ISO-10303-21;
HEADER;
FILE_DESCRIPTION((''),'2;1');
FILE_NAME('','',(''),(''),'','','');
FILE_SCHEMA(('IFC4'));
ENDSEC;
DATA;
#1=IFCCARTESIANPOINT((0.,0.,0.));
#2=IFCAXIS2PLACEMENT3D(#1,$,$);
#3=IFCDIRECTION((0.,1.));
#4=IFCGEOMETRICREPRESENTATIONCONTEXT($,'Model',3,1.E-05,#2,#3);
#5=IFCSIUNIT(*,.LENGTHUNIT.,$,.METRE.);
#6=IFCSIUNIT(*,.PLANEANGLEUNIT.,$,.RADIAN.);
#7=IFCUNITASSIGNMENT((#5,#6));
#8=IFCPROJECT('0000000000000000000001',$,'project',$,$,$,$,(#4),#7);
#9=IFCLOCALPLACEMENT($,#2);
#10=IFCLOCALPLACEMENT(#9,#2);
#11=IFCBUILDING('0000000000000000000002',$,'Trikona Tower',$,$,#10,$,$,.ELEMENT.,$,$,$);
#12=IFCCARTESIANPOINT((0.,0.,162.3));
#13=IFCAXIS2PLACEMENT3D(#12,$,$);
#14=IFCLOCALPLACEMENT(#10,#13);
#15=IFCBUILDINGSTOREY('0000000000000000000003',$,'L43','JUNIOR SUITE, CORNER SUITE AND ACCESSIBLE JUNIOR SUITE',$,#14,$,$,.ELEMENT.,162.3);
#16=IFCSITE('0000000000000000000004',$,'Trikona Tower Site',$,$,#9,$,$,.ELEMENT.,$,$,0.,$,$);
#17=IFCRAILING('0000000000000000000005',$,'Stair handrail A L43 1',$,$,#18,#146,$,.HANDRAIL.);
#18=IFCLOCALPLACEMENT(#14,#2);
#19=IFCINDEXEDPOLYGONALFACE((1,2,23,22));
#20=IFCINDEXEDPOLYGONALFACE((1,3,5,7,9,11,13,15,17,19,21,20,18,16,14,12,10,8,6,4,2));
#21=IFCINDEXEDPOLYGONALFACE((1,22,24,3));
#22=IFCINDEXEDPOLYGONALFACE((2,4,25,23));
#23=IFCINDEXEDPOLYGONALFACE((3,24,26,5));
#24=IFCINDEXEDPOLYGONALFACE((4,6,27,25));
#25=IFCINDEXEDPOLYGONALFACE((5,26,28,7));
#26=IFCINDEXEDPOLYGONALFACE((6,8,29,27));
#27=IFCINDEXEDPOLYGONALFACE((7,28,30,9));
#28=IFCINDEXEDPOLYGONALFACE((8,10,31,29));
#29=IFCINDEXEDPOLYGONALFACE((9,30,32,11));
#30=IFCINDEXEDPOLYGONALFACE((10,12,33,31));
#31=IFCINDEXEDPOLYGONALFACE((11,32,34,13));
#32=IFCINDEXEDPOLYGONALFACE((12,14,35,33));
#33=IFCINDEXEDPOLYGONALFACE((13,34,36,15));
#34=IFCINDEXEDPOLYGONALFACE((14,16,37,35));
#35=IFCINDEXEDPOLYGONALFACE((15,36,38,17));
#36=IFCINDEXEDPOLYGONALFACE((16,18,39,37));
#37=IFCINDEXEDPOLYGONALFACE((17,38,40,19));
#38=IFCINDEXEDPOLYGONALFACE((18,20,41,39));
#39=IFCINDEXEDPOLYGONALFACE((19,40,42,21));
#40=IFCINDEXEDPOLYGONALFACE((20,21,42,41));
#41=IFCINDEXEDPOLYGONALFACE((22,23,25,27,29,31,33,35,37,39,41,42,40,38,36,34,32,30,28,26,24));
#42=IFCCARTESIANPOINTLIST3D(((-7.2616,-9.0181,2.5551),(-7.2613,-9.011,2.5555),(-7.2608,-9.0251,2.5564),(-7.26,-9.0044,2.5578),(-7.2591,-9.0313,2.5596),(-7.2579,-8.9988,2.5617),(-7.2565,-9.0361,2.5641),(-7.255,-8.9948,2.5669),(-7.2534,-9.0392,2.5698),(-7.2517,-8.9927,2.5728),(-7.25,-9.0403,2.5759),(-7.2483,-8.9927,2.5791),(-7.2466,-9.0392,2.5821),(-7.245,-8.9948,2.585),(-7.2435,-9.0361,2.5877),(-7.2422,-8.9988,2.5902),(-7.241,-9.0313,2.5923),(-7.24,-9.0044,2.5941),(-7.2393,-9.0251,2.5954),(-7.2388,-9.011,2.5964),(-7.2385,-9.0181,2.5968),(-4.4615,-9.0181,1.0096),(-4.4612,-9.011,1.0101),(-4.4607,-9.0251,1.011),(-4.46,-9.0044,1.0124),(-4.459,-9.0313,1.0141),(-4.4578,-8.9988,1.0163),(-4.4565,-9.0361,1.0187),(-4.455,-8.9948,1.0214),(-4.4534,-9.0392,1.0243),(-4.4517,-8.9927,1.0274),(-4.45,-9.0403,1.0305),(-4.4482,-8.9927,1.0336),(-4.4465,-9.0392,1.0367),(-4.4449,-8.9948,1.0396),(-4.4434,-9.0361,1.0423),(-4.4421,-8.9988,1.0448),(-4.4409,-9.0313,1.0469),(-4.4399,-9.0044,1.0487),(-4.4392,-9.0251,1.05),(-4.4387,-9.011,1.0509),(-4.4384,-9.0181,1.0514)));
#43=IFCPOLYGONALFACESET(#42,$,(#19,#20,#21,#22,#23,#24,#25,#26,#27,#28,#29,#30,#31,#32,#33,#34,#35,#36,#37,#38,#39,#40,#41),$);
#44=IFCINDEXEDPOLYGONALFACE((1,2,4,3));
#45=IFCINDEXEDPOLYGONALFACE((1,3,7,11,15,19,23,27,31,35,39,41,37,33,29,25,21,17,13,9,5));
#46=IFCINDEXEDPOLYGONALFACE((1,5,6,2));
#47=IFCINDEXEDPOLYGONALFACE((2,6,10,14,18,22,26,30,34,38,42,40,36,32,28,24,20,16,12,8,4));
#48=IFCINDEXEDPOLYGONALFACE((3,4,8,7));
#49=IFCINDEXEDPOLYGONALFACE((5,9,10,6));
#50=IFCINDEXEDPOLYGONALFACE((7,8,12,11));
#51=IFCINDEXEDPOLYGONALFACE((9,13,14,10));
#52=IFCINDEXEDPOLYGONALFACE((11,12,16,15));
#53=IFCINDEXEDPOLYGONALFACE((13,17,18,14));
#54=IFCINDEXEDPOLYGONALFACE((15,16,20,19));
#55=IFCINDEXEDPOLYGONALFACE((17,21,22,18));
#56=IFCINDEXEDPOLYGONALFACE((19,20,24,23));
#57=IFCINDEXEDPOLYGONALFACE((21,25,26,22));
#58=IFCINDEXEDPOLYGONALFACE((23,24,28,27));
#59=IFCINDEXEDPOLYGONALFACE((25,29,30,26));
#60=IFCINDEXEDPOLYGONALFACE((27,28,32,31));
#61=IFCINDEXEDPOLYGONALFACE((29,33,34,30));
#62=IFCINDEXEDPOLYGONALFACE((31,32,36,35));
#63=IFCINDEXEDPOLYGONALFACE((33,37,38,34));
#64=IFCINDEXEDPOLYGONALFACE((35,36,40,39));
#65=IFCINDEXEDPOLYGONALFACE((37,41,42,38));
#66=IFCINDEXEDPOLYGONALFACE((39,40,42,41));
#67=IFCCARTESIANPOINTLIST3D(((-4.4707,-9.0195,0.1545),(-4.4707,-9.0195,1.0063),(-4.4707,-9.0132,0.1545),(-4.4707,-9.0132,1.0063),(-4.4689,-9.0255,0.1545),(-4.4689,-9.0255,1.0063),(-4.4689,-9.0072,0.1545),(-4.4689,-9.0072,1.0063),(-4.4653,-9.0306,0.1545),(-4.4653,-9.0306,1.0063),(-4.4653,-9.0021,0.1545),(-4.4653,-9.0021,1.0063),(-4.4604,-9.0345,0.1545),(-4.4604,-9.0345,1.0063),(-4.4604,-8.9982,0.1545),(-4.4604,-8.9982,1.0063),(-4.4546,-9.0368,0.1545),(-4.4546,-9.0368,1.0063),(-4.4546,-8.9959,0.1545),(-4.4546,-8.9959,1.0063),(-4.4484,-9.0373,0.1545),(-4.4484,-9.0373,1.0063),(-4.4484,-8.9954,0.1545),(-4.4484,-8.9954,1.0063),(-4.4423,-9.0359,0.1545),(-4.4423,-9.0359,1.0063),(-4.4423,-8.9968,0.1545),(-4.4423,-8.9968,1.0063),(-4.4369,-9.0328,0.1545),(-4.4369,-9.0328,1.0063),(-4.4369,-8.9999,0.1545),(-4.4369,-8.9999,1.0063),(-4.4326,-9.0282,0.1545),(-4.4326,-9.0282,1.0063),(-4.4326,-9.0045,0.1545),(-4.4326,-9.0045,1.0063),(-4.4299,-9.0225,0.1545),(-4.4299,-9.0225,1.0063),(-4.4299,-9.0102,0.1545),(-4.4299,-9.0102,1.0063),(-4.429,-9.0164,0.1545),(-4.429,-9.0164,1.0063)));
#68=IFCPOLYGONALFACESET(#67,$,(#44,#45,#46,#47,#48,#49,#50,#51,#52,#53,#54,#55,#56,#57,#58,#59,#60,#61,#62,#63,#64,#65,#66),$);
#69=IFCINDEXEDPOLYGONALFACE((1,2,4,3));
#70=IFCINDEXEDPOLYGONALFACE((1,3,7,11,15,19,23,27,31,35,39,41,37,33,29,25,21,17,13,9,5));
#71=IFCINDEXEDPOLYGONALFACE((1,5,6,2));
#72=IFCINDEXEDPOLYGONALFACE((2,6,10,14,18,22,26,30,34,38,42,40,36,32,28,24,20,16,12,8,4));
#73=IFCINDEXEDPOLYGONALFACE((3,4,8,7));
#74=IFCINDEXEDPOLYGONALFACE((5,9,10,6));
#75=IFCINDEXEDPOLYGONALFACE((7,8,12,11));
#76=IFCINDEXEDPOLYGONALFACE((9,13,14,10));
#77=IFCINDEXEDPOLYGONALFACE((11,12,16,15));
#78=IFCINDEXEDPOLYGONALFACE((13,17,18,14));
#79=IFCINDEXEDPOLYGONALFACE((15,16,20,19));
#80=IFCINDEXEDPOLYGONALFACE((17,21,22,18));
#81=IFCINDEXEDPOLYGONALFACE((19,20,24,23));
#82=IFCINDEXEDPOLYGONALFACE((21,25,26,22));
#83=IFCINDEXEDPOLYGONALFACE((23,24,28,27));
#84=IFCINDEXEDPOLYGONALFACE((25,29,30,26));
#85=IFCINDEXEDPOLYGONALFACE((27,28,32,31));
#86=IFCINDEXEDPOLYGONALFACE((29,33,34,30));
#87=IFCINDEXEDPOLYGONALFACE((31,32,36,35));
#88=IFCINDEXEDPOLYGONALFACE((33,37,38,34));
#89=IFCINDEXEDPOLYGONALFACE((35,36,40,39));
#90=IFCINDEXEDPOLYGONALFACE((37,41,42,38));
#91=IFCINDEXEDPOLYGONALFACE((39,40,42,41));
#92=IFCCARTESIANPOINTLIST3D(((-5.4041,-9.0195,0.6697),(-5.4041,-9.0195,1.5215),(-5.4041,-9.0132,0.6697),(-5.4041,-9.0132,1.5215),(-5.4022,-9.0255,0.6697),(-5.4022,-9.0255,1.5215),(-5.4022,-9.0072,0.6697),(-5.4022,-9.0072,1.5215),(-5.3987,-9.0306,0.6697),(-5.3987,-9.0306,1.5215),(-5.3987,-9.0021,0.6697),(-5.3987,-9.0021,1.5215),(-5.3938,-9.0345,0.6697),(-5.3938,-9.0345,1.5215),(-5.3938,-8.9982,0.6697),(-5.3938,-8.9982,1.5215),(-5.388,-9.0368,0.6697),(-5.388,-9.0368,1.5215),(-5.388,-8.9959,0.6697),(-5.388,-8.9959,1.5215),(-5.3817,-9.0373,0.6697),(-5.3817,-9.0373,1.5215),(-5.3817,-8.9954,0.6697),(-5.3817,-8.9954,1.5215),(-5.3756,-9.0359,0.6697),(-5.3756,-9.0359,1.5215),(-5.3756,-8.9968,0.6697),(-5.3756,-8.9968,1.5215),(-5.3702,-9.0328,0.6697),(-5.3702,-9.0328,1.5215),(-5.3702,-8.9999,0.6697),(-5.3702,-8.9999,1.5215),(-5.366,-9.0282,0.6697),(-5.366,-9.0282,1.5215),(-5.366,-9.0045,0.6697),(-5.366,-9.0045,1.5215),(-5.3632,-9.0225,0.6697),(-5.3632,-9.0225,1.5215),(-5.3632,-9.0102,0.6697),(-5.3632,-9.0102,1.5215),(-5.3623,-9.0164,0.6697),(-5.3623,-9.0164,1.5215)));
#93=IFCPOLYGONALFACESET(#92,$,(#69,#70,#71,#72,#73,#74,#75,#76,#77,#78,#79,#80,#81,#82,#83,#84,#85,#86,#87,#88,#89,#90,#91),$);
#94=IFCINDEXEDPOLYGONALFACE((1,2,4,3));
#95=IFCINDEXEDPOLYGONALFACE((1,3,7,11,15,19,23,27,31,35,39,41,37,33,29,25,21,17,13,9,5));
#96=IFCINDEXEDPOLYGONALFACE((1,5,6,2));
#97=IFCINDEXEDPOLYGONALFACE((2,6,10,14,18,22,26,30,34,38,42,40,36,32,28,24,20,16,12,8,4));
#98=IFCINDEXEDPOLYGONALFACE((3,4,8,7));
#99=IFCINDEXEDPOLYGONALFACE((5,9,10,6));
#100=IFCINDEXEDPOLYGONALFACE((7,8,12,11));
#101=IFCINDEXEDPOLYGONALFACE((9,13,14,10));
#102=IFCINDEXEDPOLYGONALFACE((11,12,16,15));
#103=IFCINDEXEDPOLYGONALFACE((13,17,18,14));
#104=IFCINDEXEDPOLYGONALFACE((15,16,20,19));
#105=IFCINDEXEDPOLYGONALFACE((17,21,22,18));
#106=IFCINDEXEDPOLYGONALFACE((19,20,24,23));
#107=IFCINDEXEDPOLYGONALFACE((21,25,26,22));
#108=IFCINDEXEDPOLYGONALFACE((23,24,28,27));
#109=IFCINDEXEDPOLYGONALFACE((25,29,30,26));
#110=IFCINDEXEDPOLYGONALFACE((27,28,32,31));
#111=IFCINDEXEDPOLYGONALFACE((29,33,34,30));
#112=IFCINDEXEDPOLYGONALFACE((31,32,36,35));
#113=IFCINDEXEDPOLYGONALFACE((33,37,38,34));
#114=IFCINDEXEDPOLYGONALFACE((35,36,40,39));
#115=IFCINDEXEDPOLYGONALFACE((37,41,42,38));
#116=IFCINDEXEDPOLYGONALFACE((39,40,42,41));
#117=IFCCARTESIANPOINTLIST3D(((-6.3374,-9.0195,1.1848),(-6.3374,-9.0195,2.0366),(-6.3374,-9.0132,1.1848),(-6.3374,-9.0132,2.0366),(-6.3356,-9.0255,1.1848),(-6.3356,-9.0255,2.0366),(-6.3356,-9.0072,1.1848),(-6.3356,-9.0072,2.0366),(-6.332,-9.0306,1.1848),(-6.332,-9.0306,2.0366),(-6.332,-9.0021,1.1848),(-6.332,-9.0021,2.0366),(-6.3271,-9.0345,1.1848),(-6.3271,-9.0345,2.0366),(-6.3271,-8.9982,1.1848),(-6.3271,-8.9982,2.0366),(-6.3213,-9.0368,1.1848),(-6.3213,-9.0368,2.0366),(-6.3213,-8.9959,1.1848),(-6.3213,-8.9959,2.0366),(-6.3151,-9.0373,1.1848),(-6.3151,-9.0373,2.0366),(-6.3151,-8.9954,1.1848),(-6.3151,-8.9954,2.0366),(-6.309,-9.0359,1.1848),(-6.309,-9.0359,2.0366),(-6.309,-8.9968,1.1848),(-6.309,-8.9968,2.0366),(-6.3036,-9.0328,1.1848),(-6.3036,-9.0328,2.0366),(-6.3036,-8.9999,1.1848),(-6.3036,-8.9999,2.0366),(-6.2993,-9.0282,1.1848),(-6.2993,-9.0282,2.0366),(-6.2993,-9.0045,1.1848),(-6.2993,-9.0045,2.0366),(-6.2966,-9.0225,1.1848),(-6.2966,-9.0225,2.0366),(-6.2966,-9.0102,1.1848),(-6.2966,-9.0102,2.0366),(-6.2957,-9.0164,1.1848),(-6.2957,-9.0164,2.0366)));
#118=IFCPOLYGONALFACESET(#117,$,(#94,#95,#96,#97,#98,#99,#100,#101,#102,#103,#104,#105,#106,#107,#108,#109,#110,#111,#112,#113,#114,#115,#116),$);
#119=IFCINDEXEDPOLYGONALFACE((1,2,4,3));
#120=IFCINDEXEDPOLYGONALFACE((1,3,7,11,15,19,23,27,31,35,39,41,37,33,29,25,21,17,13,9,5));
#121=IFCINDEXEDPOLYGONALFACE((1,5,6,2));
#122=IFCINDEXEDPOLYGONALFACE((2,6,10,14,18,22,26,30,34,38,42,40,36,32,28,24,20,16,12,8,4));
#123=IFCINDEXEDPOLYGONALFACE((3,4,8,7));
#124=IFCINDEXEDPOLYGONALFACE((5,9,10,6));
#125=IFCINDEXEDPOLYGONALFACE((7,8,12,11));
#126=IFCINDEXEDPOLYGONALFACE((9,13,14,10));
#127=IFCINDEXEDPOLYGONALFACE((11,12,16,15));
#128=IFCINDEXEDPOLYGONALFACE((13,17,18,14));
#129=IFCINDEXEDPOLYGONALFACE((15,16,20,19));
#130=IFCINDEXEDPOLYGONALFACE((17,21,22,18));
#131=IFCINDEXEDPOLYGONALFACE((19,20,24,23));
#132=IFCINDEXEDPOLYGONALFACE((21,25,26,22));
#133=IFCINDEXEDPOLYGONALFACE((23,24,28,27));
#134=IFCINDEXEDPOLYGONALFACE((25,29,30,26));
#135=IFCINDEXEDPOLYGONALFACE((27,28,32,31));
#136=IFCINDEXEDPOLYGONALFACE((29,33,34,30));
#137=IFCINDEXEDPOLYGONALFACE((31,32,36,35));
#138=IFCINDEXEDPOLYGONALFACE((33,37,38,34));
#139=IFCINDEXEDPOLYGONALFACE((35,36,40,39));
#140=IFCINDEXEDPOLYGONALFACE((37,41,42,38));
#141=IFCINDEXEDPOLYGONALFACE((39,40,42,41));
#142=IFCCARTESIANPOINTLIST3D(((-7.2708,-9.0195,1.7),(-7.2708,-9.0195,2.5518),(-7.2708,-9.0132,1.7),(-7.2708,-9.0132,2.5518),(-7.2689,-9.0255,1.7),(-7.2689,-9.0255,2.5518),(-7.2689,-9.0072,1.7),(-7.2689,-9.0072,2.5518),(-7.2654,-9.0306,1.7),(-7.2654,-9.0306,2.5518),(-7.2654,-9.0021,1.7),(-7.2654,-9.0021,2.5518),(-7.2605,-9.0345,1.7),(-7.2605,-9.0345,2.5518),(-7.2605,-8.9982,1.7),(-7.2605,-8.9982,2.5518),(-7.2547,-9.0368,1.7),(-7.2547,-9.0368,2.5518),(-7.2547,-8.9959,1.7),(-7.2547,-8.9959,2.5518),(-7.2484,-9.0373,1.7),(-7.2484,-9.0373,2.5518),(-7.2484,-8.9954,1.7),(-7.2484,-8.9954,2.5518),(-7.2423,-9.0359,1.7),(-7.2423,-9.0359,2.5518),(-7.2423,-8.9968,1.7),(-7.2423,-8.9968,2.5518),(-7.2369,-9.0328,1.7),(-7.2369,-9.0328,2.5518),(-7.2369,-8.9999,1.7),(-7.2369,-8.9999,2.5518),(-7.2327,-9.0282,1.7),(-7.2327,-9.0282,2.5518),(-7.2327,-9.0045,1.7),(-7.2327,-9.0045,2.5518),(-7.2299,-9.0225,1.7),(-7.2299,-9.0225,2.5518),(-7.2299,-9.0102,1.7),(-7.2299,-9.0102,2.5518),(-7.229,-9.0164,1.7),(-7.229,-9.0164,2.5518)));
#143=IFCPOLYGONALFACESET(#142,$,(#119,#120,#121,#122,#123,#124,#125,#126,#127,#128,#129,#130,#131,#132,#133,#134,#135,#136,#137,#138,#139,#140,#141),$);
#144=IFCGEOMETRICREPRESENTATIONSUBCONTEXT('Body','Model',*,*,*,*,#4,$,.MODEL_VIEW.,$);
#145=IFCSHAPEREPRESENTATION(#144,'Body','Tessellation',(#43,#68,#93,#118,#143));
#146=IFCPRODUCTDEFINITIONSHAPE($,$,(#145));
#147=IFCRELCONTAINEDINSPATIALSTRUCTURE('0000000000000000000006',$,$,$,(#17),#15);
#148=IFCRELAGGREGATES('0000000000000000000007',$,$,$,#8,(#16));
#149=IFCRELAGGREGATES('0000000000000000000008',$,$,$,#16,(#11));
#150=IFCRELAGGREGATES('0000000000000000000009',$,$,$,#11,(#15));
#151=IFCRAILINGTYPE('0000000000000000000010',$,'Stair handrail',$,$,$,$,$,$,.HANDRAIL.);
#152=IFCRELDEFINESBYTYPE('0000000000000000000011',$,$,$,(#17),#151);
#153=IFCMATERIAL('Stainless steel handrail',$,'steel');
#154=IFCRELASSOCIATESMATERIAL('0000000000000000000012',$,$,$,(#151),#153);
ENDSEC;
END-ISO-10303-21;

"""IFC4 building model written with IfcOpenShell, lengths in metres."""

from ifc_helpers import new_model, si_unit, direction, frame, origin, origin_2d, place, context, subcontext, project, spatial, circle, extrude, material, type_object, element, save


model = new_model("IFC4")

# Units and contexts
model_context = context("Model", 3, precision=1e-05, world=origin(), true_north=direction((0.0, 1.0)))
body_context = subcontext(model_context, "Body", "Model", "MODEL_VIEW")
ifc_project = project(units=[si_unit("LENGTHUNIT", "METRE"), si_unit("PLANEANGLEUNIT", "RADIAN")], contexts=[model_context])

# Site, building, storey
site_placement = place(None, origin())
site = spatial("IfcSite", under=ifc_project, at=site_placement, Name="Trikona Tower Site", CompositionType="ELEMENT", RefElevation=0.0)
building_placement = place(site_placement, origin())
building = spatial("IfcBuilding", under=site, at=building_placement, Name="Trikona Tower", CompositionType="ELEMENT")
storey_placement = place(building_placement, frame((0.0, 0.0, 162.3)))
storey = spatial("IfcBuildingStorey", under=building, at=storey_placement, Name="L43", Description="JUNIOR SUITE, CORNER SUITE AND ACCESSIBLE JUNIOR SUITE", CompositionType="ELEMENT", Elevation=162.3)

# Railing
ifc_material_1 = material(Name="Stainless steel handrail", Category="steel")
railing_type = type_object("IfcRailingType", Name="Stair handrail", PredefinedType="HANDRAIL", material=ifc_material_1)
railing_1_placement = place(storey_placement, frame((-4.45, -9.0164, 0.1545)))
element("IfcRailing", 1, at=railing_1_placement, inside=storey, type_object=railing_type, Name="Stair handrail A L43 1", PredefinedType="HANDRAIL", context=body_context, shape_type="SweptSolid", body=[
    extrude(circle(Radius=0.0239, at=origin_2d()), frame((0.0, 0.0, 0.876), z_axis=(-0.875504, 0.0, 0.483211), x_axis=(0.0, -1.0, 0.0)), (0.0, 0.0, 1.0), 3.1982),
    extrude(circle(Radius=0.021, at=origin_2d()), origin(), (0.0, 0.0, 1.0), 0.8518),
    extrude(circle(Radius=0.021, at=origin_2d()), frame((-0.9333, 0.0, 0.5151)), (0.0, 0.0, 1.0), 0.8518),
    extrude(circle(Radius=0.021, at=origin_2d()), frame((-1.8667, 0.0, 1.0303)), (0.0, 0.0, 1.0), 0.8518),
    extrude(circle(Radius=0.021, at=origin_2d()), frame((-2.8, 0.0, 1.5454)), (0.0, 0.0, 1.0), 0.8518),
])

save(model, "model.ifc")
